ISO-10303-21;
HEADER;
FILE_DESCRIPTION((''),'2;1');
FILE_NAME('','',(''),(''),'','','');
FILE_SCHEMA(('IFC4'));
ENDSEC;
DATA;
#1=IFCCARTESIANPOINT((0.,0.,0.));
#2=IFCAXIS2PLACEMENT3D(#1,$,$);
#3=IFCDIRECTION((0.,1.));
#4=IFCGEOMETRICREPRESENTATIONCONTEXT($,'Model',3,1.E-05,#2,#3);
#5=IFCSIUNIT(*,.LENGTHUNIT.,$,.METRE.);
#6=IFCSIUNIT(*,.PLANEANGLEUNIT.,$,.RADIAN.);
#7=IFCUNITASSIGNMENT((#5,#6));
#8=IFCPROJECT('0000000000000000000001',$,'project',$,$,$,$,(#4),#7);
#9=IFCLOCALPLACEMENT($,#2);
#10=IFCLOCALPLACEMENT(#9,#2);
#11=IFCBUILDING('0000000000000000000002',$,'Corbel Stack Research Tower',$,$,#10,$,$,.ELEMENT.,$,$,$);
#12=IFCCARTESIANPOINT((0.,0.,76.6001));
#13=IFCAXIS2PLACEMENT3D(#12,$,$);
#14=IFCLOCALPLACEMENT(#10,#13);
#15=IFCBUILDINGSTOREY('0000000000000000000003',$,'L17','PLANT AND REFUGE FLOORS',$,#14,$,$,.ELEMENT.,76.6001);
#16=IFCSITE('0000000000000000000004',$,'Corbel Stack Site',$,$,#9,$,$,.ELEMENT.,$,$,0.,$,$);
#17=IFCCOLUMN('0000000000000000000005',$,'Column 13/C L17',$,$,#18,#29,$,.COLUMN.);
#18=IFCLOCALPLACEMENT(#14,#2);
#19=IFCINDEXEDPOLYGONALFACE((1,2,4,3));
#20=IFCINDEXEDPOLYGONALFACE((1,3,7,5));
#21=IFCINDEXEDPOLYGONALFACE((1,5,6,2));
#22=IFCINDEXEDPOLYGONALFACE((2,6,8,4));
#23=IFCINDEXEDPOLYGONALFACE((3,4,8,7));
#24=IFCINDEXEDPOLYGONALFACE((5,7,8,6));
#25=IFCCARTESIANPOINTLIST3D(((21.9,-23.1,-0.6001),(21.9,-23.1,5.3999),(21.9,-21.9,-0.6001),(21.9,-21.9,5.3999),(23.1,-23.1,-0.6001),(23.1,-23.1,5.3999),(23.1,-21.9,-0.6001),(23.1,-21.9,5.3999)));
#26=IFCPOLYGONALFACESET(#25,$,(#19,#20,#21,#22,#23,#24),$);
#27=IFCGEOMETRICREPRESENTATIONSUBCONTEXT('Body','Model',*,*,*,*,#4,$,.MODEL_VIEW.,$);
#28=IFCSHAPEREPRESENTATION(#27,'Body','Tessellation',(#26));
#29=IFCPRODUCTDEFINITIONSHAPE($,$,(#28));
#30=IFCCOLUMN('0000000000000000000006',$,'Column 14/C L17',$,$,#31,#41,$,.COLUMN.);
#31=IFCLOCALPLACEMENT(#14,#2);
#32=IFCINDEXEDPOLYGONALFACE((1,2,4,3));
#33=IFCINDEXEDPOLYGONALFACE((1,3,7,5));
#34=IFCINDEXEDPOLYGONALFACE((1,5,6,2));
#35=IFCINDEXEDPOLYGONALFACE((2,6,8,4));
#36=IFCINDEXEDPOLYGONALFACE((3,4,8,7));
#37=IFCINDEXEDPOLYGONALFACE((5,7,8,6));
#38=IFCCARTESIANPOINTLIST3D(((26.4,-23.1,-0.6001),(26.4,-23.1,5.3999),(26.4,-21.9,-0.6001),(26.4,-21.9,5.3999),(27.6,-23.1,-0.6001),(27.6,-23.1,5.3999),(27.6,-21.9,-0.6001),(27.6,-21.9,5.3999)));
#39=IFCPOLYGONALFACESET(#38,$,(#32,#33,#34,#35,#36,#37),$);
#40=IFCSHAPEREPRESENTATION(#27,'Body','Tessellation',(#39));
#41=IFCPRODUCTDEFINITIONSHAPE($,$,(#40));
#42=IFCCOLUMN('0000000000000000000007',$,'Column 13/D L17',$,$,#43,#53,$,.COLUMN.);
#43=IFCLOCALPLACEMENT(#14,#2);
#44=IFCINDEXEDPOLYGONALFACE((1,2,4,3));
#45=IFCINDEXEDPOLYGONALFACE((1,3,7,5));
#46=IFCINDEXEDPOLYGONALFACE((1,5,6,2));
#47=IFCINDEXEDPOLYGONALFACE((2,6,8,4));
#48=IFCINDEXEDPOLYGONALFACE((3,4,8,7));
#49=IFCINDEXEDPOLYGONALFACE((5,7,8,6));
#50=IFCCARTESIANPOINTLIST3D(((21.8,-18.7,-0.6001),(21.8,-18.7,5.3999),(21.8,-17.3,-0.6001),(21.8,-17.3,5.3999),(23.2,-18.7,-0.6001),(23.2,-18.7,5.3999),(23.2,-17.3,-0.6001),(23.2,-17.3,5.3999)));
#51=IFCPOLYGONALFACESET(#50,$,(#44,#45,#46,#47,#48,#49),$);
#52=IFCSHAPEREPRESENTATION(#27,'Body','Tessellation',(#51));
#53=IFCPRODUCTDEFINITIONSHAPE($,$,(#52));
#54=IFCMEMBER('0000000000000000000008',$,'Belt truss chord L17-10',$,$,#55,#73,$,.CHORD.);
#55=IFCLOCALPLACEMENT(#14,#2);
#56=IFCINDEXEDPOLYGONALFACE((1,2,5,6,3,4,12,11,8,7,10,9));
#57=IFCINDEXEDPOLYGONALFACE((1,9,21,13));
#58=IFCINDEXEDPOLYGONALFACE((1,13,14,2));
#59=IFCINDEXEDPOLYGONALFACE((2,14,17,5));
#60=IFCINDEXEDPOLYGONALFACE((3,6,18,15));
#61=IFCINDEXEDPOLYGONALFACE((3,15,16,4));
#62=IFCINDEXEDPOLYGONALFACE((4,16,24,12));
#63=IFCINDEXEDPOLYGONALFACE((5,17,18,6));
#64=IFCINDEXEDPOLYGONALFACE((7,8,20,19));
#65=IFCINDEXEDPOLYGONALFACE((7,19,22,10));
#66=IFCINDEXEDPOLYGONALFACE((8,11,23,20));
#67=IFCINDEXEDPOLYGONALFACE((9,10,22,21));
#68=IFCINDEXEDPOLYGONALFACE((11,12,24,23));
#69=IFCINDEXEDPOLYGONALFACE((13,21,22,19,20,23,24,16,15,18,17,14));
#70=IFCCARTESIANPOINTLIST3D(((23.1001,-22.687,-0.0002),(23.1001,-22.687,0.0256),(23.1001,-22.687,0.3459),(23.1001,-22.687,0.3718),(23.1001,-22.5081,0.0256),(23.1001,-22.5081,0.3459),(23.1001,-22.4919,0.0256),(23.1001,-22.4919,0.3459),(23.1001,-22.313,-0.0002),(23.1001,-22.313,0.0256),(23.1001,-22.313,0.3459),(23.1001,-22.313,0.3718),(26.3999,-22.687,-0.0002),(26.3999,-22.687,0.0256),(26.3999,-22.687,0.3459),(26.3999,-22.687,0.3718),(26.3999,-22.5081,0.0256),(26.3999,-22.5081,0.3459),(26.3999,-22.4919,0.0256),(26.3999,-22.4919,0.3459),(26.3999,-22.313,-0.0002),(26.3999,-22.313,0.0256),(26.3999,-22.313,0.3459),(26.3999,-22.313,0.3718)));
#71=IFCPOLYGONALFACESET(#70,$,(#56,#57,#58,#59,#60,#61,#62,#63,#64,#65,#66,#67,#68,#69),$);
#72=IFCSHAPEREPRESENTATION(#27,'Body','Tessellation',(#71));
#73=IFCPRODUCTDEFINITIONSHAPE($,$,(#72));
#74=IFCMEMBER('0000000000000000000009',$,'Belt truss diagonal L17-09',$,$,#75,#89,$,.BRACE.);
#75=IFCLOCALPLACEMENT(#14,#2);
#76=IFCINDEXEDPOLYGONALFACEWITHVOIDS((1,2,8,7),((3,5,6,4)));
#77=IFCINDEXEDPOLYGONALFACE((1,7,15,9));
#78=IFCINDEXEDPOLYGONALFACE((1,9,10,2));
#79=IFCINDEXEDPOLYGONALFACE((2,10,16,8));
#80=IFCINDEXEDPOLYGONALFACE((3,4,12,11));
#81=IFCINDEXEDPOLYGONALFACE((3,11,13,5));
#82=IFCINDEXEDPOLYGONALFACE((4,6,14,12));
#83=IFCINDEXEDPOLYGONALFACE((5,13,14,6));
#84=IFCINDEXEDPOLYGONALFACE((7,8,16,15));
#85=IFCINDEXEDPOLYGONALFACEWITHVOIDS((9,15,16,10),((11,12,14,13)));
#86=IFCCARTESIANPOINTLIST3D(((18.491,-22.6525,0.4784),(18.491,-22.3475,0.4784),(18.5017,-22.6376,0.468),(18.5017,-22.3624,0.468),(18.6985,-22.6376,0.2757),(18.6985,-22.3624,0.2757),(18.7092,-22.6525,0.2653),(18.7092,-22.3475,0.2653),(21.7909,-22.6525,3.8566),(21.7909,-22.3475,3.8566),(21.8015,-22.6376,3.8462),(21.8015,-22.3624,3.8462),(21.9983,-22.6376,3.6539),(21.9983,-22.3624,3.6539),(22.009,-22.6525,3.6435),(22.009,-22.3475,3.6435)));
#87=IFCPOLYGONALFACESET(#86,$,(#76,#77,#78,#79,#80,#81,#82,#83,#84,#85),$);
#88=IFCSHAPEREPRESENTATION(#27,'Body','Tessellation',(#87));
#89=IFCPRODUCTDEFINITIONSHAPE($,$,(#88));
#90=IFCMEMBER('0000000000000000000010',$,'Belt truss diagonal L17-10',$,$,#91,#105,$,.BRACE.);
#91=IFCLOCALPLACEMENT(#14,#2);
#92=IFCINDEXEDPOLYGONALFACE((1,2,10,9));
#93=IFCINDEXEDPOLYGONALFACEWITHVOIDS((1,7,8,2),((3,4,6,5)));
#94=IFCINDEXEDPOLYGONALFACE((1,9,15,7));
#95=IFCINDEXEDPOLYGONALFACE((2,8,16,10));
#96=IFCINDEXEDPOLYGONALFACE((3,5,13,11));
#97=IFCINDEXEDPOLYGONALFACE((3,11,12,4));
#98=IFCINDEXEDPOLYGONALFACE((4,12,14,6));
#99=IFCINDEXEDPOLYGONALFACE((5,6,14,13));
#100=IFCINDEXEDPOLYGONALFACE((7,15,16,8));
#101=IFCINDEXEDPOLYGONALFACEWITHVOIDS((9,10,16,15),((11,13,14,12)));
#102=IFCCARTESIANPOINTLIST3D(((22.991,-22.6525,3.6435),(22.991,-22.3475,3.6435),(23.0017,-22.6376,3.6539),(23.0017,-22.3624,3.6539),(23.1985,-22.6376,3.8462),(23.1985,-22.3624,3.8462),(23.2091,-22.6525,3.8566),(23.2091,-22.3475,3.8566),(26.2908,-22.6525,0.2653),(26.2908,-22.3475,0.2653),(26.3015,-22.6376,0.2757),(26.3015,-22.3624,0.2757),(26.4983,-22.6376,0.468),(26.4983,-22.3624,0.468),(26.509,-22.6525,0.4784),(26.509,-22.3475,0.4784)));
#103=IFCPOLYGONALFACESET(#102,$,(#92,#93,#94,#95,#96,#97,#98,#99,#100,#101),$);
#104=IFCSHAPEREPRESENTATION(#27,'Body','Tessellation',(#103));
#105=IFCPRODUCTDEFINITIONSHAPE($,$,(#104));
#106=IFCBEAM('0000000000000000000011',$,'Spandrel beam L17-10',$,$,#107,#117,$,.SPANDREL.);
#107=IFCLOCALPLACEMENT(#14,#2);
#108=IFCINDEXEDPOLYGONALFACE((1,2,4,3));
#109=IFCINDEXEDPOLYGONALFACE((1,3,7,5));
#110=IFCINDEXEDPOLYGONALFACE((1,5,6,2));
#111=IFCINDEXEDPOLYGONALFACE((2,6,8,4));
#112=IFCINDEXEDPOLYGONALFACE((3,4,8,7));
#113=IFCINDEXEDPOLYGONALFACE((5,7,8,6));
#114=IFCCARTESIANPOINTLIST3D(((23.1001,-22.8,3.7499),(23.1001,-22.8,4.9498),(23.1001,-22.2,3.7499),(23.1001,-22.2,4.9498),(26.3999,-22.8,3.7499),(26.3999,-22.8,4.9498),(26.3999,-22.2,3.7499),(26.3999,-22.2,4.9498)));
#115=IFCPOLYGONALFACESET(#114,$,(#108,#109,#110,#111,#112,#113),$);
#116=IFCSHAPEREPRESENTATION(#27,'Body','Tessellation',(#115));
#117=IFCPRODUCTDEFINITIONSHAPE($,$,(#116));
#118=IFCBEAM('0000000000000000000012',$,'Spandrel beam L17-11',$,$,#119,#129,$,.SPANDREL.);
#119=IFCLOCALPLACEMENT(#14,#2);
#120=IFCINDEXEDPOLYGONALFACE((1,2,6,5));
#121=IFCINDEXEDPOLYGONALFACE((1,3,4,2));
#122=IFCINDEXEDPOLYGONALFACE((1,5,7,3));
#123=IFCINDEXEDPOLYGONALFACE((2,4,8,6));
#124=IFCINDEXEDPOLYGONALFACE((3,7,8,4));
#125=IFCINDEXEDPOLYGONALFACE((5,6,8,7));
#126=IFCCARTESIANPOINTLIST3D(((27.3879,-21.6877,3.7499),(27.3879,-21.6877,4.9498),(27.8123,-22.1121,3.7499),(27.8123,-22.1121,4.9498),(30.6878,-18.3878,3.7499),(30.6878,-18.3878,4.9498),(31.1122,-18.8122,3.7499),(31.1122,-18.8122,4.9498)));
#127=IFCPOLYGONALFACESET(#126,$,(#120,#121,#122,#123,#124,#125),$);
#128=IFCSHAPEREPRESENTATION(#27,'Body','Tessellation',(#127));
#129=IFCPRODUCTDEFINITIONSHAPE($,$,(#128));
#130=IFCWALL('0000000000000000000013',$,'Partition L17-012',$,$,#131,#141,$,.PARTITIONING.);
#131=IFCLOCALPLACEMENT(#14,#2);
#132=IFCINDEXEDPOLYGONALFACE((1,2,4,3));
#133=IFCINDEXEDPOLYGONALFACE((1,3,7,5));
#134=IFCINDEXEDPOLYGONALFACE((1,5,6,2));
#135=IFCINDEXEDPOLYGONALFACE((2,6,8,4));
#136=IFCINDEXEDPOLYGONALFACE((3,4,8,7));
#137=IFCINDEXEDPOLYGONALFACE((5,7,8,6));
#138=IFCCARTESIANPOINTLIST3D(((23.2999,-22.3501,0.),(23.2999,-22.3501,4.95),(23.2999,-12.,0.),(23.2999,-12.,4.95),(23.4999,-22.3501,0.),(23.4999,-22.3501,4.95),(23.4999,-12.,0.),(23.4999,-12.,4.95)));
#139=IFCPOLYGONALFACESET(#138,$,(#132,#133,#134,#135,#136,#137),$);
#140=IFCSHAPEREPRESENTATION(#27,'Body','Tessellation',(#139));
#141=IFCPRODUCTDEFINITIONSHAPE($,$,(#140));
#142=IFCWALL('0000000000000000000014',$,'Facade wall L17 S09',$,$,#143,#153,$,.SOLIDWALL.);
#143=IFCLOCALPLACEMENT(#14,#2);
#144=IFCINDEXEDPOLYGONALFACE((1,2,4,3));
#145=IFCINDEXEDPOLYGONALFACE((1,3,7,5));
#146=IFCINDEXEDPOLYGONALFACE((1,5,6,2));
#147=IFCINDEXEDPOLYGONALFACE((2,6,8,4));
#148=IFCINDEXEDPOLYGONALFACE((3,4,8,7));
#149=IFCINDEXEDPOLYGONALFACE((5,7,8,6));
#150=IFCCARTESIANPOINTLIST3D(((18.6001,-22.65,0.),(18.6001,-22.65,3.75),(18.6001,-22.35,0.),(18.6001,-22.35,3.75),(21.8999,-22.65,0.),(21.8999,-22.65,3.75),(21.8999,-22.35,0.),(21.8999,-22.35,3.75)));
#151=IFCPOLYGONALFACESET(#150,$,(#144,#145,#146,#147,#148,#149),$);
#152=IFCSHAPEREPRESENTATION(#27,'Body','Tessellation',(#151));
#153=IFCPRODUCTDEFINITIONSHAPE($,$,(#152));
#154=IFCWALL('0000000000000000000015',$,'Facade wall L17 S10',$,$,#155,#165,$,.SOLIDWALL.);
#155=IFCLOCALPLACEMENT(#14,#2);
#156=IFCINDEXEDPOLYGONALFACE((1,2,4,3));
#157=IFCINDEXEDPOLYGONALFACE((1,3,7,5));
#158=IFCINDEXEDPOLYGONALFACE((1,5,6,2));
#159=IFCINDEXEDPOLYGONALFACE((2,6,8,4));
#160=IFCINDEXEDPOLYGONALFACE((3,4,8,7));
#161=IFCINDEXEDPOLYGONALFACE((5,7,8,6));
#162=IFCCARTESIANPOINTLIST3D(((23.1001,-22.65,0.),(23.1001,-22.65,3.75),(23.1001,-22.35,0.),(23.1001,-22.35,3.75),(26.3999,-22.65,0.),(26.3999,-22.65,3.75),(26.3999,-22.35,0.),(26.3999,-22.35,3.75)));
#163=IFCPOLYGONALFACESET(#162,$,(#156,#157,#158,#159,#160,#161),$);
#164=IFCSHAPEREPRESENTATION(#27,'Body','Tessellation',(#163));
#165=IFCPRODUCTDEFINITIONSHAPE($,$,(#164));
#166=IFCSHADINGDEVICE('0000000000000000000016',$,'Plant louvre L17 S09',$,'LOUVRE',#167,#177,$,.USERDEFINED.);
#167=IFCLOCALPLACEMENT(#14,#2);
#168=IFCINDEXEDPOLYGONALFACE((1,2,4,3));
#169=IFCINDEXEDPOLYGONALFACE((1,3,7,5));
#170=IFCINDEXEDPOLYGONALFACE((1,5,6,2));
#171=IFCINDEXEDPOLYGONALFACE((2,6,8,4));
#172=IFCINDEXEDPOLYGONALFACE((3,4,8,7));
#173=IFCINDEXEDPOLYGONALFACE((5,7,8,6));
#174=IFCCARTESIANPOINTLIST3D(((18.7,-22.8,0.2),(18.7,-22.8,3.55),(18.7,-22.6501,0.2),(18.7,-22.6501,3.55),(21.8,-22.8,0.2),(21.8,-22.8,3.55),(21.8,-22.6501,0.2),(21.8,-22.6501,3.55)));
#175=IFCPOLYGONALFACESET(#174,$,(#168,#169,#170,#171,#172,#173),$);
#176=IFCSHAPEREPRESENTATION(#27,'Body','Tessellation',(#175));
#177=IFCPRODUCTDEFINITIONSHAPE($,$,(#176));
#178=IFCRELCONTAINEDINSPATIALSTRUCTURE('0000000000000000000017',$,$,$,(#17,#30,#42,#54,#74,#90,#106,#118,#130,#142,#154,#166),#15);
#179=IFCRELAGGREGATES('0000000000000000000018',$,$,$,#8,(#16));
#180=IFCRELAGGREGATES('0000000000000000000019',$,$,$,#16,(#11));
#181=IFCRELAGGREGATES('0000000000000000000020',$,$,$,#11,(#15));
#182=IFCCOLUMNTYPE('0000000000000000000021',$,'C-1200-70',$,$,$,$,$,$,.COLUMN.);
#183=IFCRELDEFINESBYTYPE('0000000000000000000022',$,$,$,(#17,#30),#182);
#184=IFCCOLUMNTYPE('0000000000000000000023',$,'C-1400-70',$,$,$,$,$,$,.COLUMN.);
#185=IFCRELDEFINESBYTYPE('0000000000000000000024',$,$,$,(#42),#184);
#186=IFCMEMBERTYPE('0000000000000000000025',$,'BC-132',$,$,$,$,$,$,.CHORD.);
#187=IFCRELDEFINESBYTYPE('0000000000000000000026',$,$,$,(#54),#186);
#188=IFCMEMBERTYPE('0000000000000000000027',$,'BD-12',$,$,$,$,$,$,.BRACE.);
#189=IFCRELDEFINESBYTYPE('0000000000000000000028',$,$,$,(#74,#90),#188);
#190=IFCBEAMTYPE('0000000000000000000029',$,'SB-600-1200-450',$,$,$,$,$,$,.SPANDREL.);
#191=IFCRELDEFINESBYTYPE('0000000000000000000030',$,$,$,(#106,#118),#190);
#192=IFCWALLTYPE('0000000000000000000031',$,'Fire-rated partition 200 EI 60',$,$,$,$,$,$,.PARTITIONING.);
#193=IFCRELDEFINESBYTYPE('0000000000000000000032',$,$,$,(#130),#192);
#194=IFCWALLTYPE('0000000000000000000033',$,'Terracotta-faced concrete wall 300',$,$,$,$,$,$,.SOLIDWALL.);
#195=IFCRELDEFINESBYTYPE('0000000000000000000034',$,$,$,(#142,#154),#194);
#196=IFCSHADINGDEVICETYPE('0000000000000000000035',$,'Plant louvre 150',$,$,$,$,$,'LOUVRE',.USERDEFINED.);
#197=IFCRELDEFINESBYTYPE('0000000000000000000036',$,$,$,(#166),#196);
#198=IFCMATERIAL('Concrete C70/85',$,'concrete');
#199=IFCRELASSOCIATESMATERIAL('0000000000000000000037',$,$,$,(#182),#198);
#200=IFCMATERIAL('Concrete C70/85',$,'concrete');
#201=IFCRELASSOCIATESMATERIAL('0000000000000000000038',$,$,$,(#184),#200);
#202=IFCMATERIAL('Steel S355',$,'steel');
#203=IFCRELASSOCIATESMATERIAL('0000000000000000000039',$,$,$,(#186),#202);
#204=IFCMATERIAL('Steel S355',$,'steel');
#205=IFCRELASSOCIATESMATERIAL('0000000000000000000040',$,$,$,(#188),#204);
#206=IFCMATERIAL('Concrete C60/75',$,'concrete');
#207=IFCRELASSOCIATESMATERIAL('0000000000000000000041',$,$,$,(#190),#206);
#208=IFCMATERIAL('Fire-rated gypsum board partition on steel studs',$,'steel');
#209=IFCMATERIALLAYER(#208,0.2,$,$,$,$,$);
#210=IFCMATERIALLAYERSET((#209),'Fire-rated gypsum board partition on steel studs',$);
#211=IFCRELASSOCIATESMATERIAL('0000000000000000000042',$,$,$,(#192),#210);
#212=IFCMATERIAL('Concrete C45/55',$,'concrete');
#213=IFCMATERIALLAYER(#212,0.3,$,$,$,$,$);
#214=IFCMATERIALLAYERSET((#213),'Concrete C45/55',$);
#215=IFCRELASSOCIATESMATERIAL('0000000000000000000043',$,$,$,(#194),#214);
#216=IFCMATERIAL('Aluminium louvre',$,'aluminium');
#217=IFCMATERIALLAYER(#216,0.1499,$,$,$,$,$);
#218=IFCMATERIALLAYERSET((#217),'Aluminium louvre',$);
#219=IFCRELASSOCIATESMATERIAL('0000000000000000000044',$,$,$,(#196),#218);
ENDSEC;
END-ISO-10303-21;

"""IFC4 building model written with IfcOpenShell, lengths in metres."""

from ifc_helpers import new_model, si_unit, direction, frame, frame_2d, origin, origin_2d, place, context, subcontext, project, spatial, rectangle, hollow_rectangle, i_section, extrude, material, layer, layer_set, material_profile, profile_set, type_object, element, save


model = new_model("IFC4")

# Units and contexts
model_context = context("Model", 3, precision=1e-05, world=origin(), true_north=direction((0.0, 1.0)))
body_context = subcontext(model_context, "Body", "Model", "MODEL_VIEW")
ifc_project = project(units=[si_unit("LENGTHUNIT", "METRE"), si_unit("PLANEANGLEUNIT", "RADIAN")], contexts=[model_context])

# Site, building, storey
site_placement = place(None, origin())
site = spatial("IfcSite", under=ifc_project, at=site_placement, Name="Corbel Stack Site", CompositionType="ELEMENT", RefElevation=0.0)
building_placement = place(site_placement, origin())
building = spatial("IfcBuilding", under=site, at=building_placement, Name="Corbel Stack Research Tower", CompositionType="ELEMENT")
storey_placement = place(building_placement, frame((0.0, 0.0, 76.6001)))
storey = spatial("IfcBuildingStorey", under=building, at=storey_placement, Name="L17", Description="PLANT AND REFUGE FLOORS", CompositionType="ELEMENT", Elevation=76.6001)

# Columns
ifc_material_1 = material(Name="Concrete C70/85", Category="concrete")
ifc_material_profile_1 = material_profile(ifc_material_1, rectangle(XDim=1.2, YDim=1.2, at=origin_2d()), Name="RC 1200 x 1200")
ifc_profile_set_1 = profile_set([ifc_material_profile_1], Name="Concrete C70/85")
column_type_1 = type_object("IfcColumnType", Name="C-1200-70", PredefinedType="COLUMN", material=ifc_profile_set_1)
for number, where, z_axis, x_axis, name in (
    (1, (22.5, -22.5, -0.6001), (0.0, 0.0, 1.0), (1.0, 0.0, 0.0), "Column 13/C L17"),
    (2, (27.0, -22.5, -0.6001), (0.0, 0.0, 1.0), (1.0, 0.0, 0.0), "Column 14/C L17"),
):
    element("IfcColumn", number, at=place(storey_placement, frame(where, z_axis=z_axis, x_axis=x_axis)), inside=storey, type_object=column_type_1, Name=name, PredefinedType="COLUMN", context=body_context, shape_type="SweptSolid", body=[
        extrude(rectangle(XDim=1.2, YDim=1.2, at=origin_2d()), origin(), (0.0, 0.0, 1.0), 6.0),
    ])
ifc_material_2 = material(Name="Concrete C70/85", Category="concrete")
ifc_material_profile_2 = material_profile(ifc_material_2, rectangle(XDim=1.3999, YDim=1.3999, at=origin_2d()), Name="RC 1400 x 1400")
ifc_profile_set_2 = profile_set([ifc_material_profile_2], Name="Concrete C70/85")
column_type_2 = type_object("IfcColumnType", Name="C-1400-70", PredefinedType="COLUMN", material=ifc_profile_set_2)
column_placement = place(storey_placement, frame((22.5, -18.0, -0.6001), z_axis=(0.0, 0.0, 1.0), x_axis=(1.0, 0.0, 0.0)))
element("IfcColumn", 3, at=column_placement, inside=storey, type_object=column_type_2, Name="Column 13/D L17", PredefinedType="COLUMN", context=body_context, shape_type="SweptSolid", body=[
    extrude(rectangle(XDim=1.3999, YDim=1.3999, at=origin_2d()), origin(), (0.0, 0.0, 1.0), 6.0),
])

# Members
ifc_material_3 = material(Name="Steel S355", Category="steel")
ifc_material_profile_3 = material_profile(ifc_material_3, i_section(OverallWidth=0.374, OverallDepth=0.3721, WebThickness=0.0161, FlangeThickness=0.0259, at=origin_2d()), Name="W14x132")
ifc_profile_set_3 = profile_set([ifc_material_profile_3], Name="Steel S355")
member_type_1 = type_object("IfcMemberType", Name="BC-132", PredefinedType="CHORD", material=ifc_profile_set_3)
member_placement = place(storey_placement, frame((23.1001, -22.5, 0.1858), z_axis=(1.0, 0.0, 0.0), x_axis=(0.0, 1.0, 0.0)))
element("IfcMember", 4, at=member_placement, inside=storey, type_object=member_type_1, Name="Belt truss chord L17-10", PredefinedType="CHORD", context=body_context, shape_type="SweptSolid", body=[
    extrude(i_section(OverallWidth=0.374, OverallDepth=0.3721, WebThickness=0.0161, FlangeThickness=0.0259, at=origin_2d()), origin(), (0.0, 0.0, 1.0), 3.2998),
])
ifc_material_4 = material(Name="Steel S355", Category="steel")
ifc_material_profile_4 = material_profile(ifc_material_4, hollow_rectangle(XDim=0.3049, YDim=0.3049, WallThickness=0.0149, at=origin_2d()), Name="HSS12x12x5/8")
ifc_profile_set_4 = profile_set([ifc_material_profile_4], Name="Steel S355")
member_type_2 = type_object("IfcMemberType", Name="BD-12", PredefinedType="BRACE", material=ifc_profile_set_4)
for number, where, z_axis, x_axis, name in (
    (5, (18.6001, -22.5, 0.3718), (0.69876, 0.0, 0.715356), (0.0, 1.0, 0.0), "Belt truss diagonal L17-09"),
    (6, (26.3999, -22.5, 0.3718), (-0.69876, 0.0, 0.715356), (0.0, -1.0, 0.0), "Belt truss diagonal L17-10"),
):
    element("IfcMember", number, at=place(storey_placement, frame(where, z_axis=z_axis, x_axis=x_axis)), inside=storey, type_object=member_type_2, Name=name, PredefinedType="BRACE", context=body_context, shape_type="SweptSolid", body=[
        extrude(hollow_rectangle(XDim=0.3049, YDim=0.3049, WallThickness=0.0149, at=origin_2d()), origin(), (0.0, 0.0, 1.0), 4.7224),
    ])

# Beams
ifc_material_5 = material(Name="Concrete C60/75", Category="concrete")
ifc_material_profile_5 = material_profile(ifc_material_5, rectangle(XDim=0.6001, YDim=1.2, at=origin_2d()), Name="RC 600 x 1200")
ifc_profile_set_5 = profile_set([ifc_material_profile_5], Name="Concrete C60/75")
beam_type = type_object("IfcBeamType", Name="SB-600-1200-450", PredefinedType="SPANDREL", material=ifc_profile_set_5)
beam_1_placement = place(storey_placement, frame((23.1001, -22.5, 4.3499), z_axis=(1.0, 0.0, 0.0), x_axis=(0.0, 1.0, 0.0)))
element("IfcBeam", 7, at=beam_1_placement, inside=storey, type_object=beam_type, Name="Spandrel beam L17-10", PredefinedType="SPANDREL", context=body_context, shape_type="SweptSolid", body=[
    extrude(rectangle(XDim=0.6001, YDim=1.2, at=origin_2d()), origin(), (0.0, 0.0, 1.0), 3.2998),
])
beam_2_placement = place(storey_placement, frame((27.6001, -21.8999, 4.3499), z_axis=(0.707107, 0.707107, 0.0), x_axis=(-0.707107, 0.707107, 0.0)))
element("IfcBeam", 8, at=beam_2_placement, inside=storey, type_object=beam_type, Name="Spandrel beam L17-11", PredefinedType="SPANDREL", context=body_context, shape_type="SweptSolid", body=[
    extrude(rectangle(XDim=0.6001, YDim=1.2, at=origin_2d()), origin(), (0.0, 0.0, 1.0), 4.6667),
])

# Walls
ifc_material_6 = material(Name="Fire-rated gypsum board partition on steel studs", Category="steel")
ifc_layer_1 = layer(ifc_material_6, 0.2)
ifc_layer_set_1 = layer_set([ifc_layer_1], Name="Fire-rated gypsum board partition on steel studs")
wall_type_1 = type_object("IfcWallType", Name="Fire-rated partition 200 EI 60", PredefinedType="PARTITIONING", material=ifc_layer_set_1)
wall_placement = place(storey_placement, frame((23.3999, -22.3501, 0.0), z_axis=(0.0, 0.0, 1.0), x_axis=(0.0, 1.0, 0.0)))
element("IfcWall", 9, at=wall_placement, inside=storey, type_object=wall_type_1, Name="Partition L17-012", PredefinedType="PARTITIONING", context=body_context, shape_type="SweptSolid", body=[
    extrude(rectangle(XDim=10.3501, YDim=0.2, at=frame_2d((5.175, 0.0))), origin(), (0.0, 0.0, 1.0), 4.95),
])
ifc_material_7 = material(Name="Concrete C45/55", Category="concrete")
ifc_layer_2 = layer(ifc_material_7, 0.3)
ifc_layer_set_2 = layer_set([ifc_layer_2], Name="Concrete C45/55")
wall_type_2 = type_object("IfcWallType", Name="Terracotta-faced concrete wall 300", PredefinedType="SOLIDWALL", material=ifc_layer_set_2)
for number, where, z_axis, x_axis, name in (
    (10, (21.8999, -22.5, 0.0), (0.0, 0.0, 1.0), (-1.0, 0.0, 0.0), "Facade wall L17 S09"),
    (11, (26.3999, -22.5, 0.0), (0.0, 0.0, 1.0), (-1.0, 0.0, 0.0), "Facade wall L17 S10"),
):
    element("IfcWall", number, at=place(storey_placement, frame(where, z_axis=z_axis, x_axis=x_axis)), inside=storey, type_object=wall_type_2, Name=name, PredefinedType="SOLIDWALL", context=body_context, shape_type="SweptSolid", body=[
        extrude(rectangle(XDim=3.2998, YDim=0.3, at=frame_2d((1.6499, 0.0))), origin(), (0.0, 0.0, 1.0), 3.75),
    ])

# Shading device
ifc_material_8 = material(Name="Aluminium louvre", Category="aluminium")
ifc_layer_3 = layer(ifc_material_8, 0.1499)
ifc_layer_set_3 = layer_set([ifc_layer_3], Name="Aluminium louvre")
shading_device_type = type_object("IfcShadingDeviceType", Name="Plant louvre 150", ElementType="LOUVRE", PredefinedType="USERDEFINED", material=ifc_layer_set_3)
for number, where, z_axis, x_axis, name in (
    (12, (20.25, -22.7251, 0.2), (0.0, 0.0, 1.0), (1.0, 0.0, 0.0), "Plant louvre L17 S09"),
):
    element("IfcShadingDevice", number, at=place(storey_placement, frame(where, z_axis=z_axis, x_axis=x_axis)), inside=storey, type_object=shading_device_type, Name=name, ObjectType="LOUVRE", PredefinedType="USERDEFINED", context=body_context, shape_type="SweptSolid", body=[
        extrude(rectangle(XDim=3.1001, YDim=0.1499, at=origin_2d()), origin(), (0.0, 0.0, 1.0), 3.3501),
    ])

save(model, "model.ifc")
